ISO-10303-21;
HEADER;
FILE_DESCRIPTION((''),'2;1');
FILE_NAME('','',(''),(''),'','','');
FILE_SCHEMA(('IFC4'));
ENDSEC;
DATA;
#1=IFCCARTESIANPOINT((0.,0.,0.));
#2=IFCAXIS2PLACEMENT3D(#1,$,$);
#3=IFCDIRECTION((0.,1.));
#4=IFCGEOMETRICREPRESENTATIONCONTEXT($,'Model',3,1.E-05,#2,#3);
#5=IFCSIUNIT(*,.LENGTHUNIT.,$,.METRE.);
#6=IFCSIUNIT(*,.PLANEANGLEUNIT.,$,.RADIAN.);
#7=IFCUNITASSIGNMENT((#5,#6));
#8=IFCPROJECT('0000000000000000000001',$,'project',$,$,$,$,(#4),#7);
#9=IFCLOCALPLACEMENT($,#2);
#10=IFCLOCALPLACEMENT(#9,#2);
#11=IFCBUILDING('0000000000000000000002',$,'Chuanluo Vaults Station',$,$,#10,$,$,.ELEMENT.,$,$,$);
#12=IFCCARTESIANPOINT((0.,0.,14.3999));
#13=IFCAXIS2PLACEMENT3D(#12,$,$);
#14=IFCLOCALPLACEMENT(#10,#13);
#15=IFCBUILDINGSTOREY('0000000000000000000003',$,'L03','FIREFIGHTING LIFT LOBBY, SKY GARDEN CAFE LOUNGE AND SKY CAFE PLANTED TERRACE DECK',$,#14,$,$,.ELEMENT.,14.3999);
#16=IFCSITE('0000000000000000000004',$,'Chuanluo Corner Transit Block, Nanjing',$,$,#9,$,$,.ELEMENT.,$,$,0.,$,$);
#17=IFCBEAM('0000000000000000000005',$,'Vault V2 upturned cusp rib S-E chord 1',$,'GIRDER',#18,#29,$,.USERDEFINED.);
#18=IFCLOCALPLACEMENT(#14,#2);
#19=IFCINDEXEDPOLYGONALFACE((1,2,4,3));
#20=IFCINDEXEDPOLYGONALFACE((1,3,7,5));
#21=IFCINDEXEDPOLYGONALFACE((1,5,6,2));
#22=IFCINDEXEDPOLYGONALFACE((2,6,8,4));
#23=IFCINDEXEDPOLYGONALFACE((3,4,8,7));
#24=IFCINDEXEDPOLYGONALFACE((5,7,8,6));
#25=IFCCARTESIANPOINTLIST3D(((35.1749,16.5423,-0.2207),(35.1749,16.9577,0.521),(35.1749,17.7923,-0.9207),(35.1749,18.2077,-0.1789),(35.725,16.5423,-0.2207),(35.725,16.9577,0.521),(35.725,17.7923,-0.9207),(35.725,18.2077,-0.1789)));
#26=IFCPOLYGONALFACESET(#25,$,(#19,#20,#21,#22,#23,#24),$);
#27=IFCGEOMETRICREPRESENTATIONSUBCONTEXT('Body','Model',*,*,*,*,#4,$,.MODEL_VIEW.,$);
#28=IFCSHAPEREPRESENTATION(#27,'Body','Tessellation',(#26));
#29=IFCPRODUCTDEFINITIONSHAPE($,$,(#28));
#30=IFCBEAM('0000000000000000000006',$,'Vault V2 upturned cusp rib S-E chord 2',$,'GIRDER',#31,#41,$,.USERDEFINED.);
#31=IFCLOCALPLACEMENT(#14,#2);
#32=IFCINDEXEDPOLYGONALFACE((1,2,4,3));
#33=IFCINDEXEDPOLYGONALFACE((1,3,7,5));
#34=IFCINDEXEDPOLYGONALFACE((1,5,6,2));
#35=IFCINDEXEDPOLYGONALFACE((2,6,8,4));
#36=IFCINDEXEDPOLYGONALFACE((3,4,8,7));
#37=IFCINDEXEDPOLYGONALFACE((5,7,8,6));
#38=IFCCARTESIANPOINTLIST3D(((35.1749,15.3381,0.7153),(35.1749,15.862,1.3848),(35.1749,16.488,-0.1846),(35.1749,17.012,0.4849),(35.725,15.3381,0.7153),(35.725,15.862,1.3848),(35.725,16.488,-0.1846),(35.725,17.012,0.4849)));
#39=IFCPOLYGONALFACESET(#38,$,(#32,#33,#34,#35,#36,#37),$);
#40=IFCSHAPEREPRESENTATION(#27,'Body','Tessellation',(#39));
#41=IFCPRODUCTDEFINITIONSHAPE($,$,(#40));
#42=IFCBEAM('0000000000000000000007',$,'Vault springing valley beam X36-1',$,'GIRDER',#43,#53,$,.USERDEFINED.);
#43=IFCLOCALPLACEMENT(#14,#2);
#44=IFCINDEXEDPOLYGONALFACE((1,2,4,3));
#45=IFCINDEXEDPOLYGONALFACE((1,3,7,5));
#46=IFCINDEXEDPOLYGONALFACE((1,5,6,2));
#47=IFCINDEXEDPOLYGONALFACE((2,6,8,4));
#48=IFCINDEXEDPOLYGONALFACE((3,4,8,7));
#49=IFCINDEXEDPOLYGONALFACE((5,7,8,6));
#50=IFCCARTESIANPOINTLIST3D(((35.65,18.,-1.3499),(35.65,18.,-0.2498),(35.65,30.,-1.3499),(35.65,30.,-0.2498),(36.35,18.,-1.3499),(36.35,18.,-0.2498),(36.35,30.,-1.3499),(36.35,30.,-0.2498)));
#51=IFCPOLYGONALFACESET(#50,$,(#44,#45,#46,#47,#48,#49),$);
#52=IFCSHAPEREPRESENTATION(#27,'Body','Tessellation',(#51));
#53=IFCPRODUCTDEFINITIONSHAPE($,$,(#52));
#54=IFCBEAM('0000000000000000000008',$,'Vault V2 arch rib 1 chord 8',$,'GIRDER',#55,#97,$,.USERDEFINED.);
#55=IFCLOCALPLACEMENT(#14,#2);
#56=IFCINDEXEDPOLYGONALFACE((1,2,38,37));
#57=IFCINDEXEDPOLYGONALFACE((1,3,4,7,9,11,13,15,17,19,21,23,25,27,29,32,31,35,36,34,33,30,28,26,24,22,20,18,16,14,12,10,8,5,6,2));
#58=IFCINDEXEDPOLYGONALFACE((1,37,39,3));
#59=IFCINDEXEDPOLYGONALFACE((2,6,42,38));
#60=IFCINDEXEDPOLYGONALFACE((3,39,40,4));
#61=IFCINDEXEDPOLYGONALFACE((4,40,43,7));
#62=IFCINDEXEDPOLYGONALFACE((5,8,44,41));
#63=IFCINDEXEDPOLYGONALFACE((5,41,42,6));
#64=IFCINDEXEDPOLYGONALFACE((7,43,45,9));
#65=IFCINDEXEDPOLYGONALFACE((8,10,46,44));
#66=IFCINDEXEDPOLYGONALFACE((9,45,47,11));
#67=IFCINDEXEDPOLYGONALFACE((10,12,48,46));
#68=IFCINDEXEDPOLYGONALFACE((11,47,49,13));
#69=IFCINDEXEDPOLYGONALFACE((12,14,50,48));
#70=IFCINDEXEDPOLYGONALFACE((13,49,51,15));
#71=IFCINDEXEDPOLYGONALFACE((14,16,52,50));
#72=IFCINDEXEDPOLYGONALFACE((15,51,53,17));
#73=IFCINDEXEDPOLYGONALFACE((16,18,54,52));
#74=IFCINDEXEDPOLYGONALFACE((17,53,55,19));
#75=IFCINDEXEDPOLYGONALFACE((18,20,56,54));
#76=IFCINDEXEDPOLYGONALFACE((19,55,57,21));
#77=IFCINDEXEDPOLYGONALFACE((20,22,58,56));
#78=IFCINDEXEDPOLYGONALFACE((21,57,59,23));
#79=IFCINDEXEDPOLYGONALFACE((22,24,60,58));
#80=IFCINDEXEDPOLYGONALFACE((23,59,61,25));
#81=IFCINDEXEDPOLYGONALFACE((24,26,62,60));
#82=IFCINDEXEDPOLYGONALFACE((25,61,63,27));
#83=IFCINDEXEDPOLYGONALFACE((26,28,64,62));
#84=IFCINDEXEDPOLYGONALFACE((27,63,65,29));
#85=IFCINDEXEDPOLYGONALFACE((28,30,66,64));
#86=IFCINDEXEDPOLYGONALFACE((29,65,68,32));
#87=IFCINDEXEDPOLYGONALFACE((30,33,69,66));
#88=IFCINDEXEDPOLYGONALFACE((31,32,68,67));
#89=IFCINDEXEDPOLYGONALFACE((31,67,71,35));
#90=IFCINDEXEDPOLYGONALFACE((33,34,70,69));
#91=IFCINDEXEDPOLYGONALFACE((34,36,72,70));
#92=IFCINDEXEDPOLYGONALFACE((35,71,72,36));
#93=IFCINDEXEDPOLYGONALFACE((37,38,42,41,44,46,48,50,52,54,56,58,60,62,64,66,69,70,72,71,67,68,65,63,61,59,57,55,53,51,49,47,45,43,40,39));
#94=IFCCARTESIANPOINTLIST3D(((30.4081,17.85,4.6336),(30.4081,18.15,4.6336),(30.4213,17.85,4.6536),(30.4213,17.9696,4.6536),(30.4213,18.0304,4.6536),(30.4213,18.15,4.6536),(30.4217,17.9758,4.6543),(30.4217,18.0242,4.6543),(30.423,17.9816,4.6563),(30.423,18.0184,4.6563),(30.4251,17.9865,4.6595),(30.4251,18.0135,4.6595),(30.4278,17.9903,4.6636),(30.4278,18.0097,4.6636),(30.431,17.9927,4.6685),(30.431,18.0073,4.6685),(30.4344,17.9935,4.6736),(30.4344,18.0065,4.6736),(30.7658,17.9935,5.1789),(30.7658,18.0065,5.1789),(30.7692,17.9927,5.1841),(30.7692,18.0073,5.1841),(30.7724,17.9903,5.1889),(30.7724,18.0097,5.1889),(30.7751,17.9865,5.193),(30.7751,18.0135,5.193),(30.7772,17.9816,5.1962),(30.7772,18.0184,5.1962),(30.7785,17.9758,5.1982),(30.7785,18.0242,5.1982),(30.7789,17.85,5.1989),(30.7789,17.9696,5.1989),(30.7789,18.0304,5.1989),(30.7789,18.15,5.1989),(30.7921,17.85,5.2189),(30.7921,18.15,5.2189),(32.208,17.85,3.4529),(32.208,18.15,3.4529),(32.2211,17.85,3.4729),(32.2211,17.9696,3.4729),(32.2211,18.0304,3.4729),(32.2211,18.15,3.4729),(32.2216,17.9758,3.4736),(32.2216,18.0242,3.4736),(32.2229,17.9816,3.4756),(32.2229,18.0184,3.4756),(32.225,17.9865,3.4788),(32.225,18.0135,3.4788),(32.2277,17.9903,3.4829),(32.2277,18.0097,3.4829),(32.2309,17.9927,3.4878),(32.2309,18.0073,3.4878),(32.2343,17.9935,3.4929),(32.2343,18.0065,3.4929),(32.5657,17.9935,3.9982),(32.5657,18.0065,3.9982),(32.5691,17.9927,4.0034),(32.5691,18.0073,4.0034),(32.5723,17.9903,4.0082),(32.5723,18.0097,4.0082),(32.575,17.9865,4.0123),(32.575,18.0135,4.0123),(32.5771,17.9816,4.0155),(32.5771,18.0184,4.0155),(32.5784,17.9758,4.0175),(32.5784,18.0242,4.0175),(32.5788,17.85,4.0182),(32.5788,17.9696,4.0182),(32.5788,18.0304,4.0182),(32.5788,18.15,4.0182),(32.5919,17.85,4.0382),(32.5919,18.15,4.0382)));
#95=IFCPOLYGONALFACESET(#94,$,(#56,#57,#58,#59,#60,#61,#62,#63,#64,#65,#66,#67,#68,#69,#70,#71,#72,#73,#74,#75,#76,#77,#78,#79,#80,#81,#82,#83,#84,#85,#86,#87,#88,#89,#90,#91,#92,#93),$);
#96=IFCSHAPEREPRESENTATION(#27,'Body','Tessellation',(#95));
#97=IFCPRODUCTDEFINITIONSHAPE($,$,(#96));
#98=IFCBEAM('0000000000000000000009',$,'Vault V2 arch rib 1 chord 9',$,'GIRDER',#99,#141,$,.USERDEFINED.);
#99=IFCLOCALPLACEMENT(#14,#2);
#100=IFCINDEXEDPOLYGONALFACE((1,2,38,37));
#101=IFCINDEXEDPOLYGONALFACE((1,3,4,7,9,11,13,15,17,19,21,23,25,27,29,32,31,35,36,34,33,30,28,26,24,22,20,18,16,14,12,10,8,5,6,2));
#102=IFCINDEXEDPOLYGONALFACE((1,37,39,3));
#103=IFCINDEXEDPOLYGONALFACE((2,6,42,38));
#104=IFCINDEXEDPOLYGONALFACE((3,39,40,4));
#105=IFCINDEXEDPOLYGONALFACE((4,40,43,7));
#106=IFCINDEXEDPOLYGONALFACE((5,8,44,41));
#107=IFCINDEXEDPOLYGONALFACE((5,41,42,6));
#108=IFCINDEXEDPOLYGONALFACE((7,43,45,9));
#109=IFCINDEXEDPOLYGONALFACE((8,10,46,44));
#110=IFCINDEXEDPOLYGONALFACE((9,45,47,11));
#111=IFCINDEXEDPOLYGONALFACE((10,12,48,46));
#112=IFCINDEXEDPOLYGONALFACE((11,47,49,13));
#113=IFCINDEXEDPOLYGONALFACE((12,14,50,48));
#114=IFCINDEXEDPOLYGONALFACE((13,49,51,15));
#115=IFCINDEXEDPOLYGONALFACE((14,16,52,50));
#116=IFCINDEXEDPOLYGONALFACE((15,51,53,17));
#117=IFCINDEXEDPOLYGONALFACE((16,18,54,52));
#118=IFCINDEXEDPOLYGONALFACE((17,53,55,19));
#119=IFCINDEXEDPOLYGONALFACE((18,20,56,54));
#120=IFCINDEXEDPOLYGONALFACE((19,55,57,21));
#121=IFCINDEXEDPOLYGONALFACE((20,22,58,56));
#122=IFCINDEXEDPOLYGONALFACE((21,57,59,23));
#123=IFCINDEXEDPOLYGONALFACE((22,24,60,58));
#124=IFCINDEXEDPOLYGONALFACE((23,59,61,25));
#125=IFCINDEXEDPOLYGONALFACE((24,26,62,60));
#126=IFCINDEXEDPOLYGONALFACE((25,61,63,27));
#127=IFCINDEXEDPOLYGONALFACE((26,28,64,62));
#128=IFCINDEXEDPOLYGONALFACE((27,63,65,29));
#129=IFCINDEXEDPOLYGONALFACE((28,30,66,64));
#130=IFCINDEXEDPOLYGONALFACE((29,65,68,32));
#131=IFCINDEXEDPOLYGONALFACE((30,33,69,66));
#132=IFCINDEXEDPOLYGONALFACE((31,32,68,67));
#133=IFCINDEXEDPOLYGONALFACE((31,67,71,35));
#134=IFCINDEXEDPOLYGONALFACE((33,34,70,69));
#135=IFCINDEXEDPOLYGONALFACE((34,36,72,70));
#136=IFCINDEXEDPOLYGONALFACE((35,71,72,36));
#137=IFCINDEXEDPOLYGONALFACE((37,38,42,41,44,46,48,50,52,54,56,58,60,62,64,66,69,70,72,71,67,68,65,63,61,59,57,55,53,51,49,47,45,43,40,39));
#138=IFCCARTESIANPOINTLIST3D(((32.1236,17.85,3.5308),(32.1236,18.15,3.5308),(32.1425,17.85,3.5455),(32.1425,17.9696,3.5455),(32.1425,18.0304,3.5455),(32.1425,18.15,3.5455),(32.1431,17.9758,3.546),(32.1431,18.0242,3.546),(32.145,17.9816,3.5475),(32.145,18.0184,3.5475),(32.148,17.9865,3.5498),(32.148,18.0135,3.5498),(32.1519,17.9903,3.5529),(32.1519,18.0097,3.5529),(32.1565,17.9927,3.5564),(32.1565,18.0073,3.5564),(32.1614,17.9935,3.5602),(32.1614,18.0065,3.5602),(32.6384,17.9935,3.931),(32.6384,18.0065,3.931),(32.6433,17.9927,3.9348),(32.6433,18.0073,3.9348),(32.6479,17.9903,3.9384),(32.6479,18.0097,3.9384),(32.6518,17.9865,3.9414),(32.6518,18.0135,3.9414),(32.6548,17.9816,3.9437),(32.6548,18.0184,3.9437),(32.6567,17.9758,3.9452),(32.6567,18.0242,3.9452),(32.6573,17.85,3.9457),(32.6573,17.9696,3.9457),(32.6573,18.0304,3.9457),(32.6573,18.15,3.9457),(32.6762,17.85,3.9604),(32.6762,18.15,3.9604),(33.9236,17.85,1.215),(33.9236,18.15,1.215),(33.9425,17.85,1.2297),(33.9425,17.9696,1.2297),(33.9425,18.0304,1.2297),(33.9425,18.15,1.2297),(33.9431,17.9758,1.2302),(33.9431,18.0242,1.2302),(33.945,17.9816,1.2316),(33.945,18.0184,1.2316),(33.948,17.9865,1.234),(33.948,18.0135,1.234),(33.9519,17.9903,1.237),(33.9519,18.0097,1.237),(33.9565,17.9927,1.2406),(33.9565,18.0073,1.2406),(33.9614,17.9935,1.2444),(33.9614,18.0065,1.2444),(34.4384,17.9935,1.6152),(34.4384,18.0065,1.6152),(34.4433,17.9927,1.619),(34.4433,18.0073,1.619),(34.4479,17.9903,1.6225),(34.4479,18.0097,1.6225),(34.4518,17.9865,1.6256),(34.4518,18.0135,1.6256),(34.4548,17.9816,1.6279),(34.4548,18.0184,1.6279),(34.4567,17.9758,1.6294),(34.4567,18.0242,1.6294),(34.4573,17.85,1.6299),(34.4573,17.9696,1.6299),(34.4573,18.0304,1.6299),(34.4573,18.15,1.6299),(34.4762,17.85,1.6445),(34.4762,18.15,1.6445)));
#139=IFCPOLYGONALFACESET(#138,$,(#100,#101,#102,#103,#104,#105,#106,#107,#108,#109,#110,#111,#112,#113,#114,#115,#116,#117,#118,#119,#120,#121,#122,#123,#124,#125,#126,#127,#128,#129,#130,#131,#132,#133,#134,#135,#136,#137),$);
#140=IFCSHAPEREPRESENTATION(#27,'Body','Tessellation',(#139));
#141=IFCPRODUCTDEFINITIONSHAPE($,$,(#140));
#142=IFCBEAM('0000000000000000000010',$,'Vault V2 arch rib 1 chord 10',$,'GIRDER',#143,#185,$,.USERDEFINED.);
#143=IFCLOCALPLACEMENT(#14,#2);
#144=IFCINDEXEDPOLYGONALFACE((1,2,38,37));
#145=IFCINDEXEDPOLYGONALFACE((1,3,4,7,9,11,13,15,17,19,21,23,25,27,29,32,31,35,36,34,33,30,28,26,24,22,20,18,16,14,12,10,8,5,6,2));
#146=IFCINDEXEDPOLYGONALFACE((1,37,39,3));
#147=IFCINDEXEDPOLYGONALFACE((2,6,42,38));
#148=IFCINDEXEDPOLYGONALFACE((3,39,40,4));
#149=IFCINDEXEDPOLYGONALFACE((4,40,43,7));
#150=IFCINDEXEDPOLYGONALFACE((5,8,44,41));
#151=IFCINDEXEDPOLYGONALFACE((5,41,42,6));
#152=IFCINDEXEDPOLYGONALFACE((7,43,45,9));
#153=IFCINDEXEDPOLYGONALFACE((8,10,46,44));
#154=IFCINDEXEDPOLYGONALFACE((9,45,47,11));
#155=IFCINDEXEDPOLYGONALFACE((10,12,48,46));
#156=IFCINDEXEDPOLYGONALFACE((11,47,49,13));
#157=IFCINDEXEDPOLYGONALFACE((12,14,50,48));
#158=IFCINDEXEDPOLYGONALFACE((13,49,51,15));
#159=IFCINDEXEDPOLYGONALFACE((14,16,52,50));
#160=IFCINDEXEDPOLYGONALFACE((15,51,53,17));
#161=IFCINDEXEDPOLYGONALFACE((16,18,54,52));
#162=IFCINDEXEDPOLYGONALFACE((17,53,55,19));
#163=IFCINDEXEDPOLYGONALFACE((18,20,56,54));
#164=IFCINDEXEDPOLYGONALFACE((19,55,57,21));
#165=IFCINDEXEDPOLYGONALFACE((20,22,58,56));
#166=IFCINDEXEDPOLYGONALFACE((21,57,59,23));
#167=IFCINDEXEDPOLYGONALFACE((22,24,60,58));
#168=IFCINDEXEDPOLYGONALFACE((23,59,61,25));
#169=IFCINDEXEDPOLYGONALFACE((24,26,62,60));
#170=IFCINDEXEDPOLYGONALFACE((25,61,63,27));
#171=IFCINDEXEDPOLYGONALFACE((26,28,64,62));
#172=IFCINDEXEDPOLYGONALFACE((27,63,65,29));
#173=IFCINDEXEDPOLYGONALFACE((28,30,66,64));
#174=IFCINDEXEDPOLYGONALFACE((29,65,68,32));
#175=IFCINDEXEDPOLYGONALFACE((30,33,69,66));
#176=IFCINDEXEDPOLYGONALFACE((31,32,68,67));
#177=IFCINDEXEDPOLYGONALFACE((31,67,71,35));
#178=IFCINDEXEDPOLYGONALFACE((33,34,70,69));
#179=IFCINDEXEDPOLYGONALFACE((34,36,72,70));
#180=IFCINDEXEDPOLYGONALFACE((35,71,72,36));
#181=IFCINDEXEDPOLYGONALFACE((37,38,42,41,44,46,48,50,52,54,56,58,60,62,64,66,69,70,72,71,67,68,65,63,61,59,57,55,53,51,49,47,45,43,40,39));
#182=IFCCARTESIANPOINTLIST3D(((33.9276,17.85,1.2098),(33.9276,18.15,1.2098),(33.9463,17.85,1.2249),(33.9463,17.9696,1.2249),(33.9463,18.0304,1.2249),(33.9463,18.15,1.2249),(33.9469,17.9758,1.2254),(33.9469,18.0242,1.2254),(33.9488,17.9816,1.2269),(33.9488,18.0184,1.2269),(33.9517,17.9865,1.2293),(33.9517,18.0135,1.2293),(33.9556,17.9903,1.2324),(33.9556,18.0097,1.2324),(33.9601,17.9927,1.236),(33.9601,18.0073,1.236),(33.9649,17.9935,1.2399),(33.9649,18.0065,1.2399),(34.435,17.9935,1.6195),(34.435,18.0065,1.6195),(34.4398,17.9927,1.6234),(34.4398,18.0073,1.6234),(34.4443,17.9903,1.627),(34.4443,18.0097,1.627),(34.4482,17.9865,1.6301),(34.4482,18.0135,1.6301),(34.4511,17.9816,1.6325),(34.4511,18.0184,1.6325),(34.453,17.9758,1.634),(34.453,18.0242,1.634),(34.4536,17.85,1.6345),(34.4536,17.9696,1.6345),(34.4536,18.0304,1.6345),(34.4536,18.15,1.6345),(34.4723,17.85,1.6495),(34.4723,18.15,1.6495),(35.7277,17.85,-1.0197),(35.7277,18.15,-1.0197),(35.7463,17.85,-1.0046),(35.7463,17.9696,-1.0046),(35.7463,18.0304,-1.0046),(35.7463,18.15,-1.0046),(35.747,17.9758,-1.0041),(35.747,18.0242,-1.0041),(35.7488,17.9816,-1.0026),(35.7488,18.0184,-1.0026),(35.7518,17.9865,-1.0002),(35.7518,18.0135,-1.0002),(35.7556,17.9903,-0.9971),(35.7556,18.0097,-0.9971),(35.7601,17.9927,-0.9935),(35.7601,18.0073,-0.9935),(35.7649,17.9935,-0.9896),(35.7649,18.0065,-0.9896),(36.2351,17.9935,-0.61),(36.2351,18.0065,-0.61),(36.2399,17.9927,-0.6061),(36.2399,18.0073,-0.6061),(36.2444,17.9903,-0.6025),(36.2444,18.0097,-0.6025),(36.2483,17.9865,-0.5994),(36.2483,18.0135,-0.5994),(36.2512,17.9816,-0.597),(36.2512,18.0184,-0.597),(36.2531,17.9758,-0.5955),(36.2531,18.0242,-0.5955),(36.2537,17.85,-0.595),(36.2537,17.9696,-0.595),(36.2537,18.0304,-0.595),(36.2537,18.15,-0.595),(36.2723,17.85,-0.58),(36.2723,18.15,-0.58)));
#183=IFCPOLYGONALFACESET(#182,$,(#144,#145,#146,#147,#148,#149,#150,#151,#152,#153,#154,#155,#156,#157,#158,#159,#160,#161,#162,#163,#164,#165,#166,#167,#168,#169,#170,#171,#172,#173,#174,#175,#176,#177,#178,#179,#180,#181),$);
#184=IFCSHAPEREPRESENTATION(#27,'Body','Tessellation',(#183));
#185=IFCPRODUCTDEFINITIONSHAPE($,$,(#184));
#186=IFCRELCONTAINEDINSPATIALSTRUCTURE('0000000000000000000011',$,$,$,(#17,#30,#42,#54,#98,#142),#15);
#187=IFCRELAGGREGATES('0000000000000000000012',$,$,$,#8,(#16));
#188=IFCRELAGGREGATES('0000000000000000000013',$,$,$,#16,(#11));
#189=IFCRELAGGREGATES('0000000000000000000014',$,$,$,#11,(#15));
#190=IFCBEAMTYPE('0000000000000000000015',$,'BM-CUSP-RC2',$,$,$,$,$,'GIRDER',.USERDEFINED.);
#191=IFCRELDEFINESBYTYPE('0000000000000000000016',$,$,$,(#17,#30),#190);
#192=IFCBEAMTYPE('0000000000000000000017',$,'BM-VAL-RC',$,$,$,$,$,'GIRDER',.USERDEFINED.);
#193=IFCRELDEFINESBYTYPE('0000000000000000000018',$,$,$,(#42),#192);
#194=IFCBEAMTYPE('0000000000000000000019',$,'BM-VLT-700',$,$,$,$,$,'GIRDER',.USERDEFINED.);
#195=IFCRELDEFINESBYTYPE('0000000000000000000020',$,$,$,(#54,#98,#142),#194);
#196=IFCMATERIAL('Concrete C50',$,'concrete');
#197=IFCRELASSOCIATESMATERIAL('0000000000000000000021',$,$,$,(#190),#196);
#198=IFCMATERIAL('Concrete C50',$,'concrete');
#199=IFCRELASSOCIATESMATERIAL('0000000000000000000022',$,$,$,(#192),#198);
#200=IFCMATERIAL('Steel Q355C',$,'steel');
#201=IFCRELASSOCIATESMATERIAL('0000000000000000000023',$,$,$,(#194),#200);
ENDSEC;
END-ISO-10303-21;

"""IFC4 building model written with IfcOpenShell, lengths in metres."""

from ifc_helpers import new_model, si_unit, direction, frame, origin, origin_2d, place, context, subcontext, project, spatial, rectangle, i_section, extrude, material, material_profile, profile_set, type_object, element, save


model = new_model("IFC4")

# Units and contexts
model_context = context("Model", 3, precision=1e-05, world=origin(), true_north=direction((0.0, 1.0)))
body_context = subcontext(model_context, "Body", "Model", "MODEL_VIEW")
ifc_project = project(units=[si_unit("LENGTHUNIT", "METRE"), si_unit("PLANEANGLEUNIT", "RADIAN")], contexts=[model_context])

# Site, building, storey
site_placement = place(None, origin())
site = spatial("IfcSite", under=ifc_project, at=site_placement, Name="Chuanluo Corner Transit Block, Nanjing", CompositionType="ELEMENT", RefElevation=0.0)
building_placement = place(site_placement, origin())
building = spatial("IfcBuilding", under=site, at=building_placement, Name="Chuanluo Vaults Station", CompositionType="ELEMENT")
storey_placement = place(building_placement, frame((0.0, 0.0, 14.3999)))
storey = spatial("IfcBuildingStorey", under=building, at=storey_placement, Name="L03", Description="FIREFIGHTING LIFT LOBBY, SKY GARDEN CAFE LOUNGE AND SKY CAFE PLANTED TERRACE DECK", CompositionType="ELEMENT", Elevation=14.3999)

# Beams
ifc_material_1 = material(Name="Concrete C50", Category="concrete")
ifc_material_profile_1 = material_profile(ifc_material_1, rectangle(XDim=0.55, YDim=0.8501, at=origin_2d()))
ifc_profile_set_1 = profile_set([ifc_material_profile_1], Name="Concrete C50")
beam_type_1 = type_object("IfcBeamType", Name="BM-CUSP-RC2", ElementType="GIRDER", PredefinedType="USERDEFINED", material=ifc_profile_set_1)
beam_1_placement = place(storey_placement, frame((35.45, 18.0, -0.5498), z_axis=(0.0, -0.872521, 0.488577), x_axis=(1.0, 0.0, 0.0)))
element("IfcBeam", 1, at=beam_1_placement, inside=storey, type_object=beam_type_1, Name="Vault V2 upturned cusp rib S-E chord 1", ObjectType="GIRDER", PredefinedType="USERDEFINED", context=body_context, shape_type="SweptSolid", body=[
    extrude(rectangle(XDim=0.55, YDim=0.8501, at=origin_2d()), origin(), (0.0, 0.0, 1.0), 1.4326),
])
beam_2_placement = place(storey_placement, frame((35.45, 16.75, 0.1501), z_axis=(0.0, -0.787512, 0.616299), x_axis=(1.0, 0.0, 0.0)))
element("IfcBeam", 2, at=beam_2_placement, inside=storey, type_object=beam_type_1, Name="Vault V2 upturned cusp rib S-E chord 2", ObjectType="GIRDER", PredefinedType="USERDEFINED", context=body_context, shape_type="SweptSolid", body=[
    extrude(rectangle(XDim=0.55, YDim=0.8501, at=origin_2d()), origin(), (0.0, 0.0, 1.0), 1.4602),
])
ifc_material_2 = material(Name="Concrete C50", Category="concrete")
ifc_material_profile_2 = material_profile(ifc_material_2, rectangle(XDim=0.7, YDim=1.1001, at=origin_2d()))
ifc_profile_set_2 = profile_set([ifc_material_profile_2], Name="Concrete C50")
beam_type_2 = type_object("IfcBeamType", Name="BM-VAL-RC", ElementType="GIRDER", PredefinedType="USERDEFINED", material=ifc_profile_set_2)
beam_3_placement = place(storey_placement, frame((36.0, 18.0, -0.7998), z_axis=(0.0, 1.0, 0.0), x_axis=(-1.0, 0.0, 0.0)))
element("IfcBeam", 3, at=beam_3_placement, inside=storey, type_object=beam_type_2, Name="Vault springing valley beam X36-1", ObjectType="GIRDER", PredefinedType="USERDEFINED", context=body_context, shape_type="SweptSolid", body=[
    extrude(rectangle(XDim=0.7, YDim=1.1001, at=origin_2d()), origin(), (0.0, 0.0, 1.0), 12.0),
])
ifc_material_3 = material(Name="Steel Q355C", Category="steel")
ifc_material_profile_3 = material_profile(ifc_material_3, i_section(OverallWidth=0.3, OverallDepth=0.7, WebThickness=0.0129, FlangeThickness=0.0239, FilletRadius=0.0239, at=origin_2d()))
ifc_profile_set_3 = profile_set([ifc_material_profile_3], Name="Steel Q355C")
beam_type_3 = type_object("IfcBeamType", Name="BM-VLT-700", ElementType="GIRDER", PredefinedType="USERDEFINED", material=ifc_profile_set_3)
beam_4_placement = place(storey_placement, frame((30.6001, 18.0, 4.9263), z_axis=(0.836145, 0.0, -0.548508), x_axis=(0.0, 1.0, 0.0)))
element("IfcBeam", 4, at=beam_4_placement, inside=storey, type_object=beam_type_3, Name="Vault V2 arch rib 1 chord 8", ObjectType="GIRDER", PredefinedType="USERDEFINED", context=body_context, shape_type="SweptSolid", body=[
    extrude(i_section(OverallWidth=0.3, OverallDepth=0.7, WebThickness=0.0129, FlangeThickness=0.0239, FilletRadius=0.0239, at=origin_2d()), origin(), (0.0, 0.0, 1.0), 2.1526),
])
beam_5_placement = place(storey_placement, frame((32.3999, 18.0, 3.7456), z_axis=(0.613681, 0.0, -0.789554), x_axis=(0.0, 1.0, 0.0)))
element("IfcBeam", 5, at=beam_5_placement, inside=storey, type_object=beam_type_3, Name="Vault V2 arch rib 1 chord 9", ObjectType="GIRDER", PredefinedType="USERDEFINED", context=body_context, shape_type="SweptSolid", body=[
    extrude(i_section(OverallWidth=0.3, OverallDepth=0.7, WebThickness=0.0129, FlangeThickness=0.0239, FilletRadius=0.0239, at=origin_2d()), origin(), (0.0, 0.0, 1.0), 2.9331),
])
beam_6_placement = place(storey_placement, frame((34.2, 18.0, 1.4297), z_axis=(0.62819, 0.0, -0.77806), x_axis=(0.0, 1.0, 0.0)))
element("IfcBeam", 6, at=beam_6_placement, inside=storey, type_object=beam_type_3, Name="Vault V2 arch rib 1 chord 10", ObjectType="GIRDER", PredefinedType="USERDEFINED", context=body_context, shape_type="SweptSolid", body=[
    extrude(i_section(OverallWidth=0.3, OverallDepth=0.7, WebThickness=0.0129, FlangeThickness=0.0239, FilletRadius=0.0239, at=origin_2d()), origin(), (0.0, 0.0, 1.0), 2.8655),
])

save(model, "model.ifc")
